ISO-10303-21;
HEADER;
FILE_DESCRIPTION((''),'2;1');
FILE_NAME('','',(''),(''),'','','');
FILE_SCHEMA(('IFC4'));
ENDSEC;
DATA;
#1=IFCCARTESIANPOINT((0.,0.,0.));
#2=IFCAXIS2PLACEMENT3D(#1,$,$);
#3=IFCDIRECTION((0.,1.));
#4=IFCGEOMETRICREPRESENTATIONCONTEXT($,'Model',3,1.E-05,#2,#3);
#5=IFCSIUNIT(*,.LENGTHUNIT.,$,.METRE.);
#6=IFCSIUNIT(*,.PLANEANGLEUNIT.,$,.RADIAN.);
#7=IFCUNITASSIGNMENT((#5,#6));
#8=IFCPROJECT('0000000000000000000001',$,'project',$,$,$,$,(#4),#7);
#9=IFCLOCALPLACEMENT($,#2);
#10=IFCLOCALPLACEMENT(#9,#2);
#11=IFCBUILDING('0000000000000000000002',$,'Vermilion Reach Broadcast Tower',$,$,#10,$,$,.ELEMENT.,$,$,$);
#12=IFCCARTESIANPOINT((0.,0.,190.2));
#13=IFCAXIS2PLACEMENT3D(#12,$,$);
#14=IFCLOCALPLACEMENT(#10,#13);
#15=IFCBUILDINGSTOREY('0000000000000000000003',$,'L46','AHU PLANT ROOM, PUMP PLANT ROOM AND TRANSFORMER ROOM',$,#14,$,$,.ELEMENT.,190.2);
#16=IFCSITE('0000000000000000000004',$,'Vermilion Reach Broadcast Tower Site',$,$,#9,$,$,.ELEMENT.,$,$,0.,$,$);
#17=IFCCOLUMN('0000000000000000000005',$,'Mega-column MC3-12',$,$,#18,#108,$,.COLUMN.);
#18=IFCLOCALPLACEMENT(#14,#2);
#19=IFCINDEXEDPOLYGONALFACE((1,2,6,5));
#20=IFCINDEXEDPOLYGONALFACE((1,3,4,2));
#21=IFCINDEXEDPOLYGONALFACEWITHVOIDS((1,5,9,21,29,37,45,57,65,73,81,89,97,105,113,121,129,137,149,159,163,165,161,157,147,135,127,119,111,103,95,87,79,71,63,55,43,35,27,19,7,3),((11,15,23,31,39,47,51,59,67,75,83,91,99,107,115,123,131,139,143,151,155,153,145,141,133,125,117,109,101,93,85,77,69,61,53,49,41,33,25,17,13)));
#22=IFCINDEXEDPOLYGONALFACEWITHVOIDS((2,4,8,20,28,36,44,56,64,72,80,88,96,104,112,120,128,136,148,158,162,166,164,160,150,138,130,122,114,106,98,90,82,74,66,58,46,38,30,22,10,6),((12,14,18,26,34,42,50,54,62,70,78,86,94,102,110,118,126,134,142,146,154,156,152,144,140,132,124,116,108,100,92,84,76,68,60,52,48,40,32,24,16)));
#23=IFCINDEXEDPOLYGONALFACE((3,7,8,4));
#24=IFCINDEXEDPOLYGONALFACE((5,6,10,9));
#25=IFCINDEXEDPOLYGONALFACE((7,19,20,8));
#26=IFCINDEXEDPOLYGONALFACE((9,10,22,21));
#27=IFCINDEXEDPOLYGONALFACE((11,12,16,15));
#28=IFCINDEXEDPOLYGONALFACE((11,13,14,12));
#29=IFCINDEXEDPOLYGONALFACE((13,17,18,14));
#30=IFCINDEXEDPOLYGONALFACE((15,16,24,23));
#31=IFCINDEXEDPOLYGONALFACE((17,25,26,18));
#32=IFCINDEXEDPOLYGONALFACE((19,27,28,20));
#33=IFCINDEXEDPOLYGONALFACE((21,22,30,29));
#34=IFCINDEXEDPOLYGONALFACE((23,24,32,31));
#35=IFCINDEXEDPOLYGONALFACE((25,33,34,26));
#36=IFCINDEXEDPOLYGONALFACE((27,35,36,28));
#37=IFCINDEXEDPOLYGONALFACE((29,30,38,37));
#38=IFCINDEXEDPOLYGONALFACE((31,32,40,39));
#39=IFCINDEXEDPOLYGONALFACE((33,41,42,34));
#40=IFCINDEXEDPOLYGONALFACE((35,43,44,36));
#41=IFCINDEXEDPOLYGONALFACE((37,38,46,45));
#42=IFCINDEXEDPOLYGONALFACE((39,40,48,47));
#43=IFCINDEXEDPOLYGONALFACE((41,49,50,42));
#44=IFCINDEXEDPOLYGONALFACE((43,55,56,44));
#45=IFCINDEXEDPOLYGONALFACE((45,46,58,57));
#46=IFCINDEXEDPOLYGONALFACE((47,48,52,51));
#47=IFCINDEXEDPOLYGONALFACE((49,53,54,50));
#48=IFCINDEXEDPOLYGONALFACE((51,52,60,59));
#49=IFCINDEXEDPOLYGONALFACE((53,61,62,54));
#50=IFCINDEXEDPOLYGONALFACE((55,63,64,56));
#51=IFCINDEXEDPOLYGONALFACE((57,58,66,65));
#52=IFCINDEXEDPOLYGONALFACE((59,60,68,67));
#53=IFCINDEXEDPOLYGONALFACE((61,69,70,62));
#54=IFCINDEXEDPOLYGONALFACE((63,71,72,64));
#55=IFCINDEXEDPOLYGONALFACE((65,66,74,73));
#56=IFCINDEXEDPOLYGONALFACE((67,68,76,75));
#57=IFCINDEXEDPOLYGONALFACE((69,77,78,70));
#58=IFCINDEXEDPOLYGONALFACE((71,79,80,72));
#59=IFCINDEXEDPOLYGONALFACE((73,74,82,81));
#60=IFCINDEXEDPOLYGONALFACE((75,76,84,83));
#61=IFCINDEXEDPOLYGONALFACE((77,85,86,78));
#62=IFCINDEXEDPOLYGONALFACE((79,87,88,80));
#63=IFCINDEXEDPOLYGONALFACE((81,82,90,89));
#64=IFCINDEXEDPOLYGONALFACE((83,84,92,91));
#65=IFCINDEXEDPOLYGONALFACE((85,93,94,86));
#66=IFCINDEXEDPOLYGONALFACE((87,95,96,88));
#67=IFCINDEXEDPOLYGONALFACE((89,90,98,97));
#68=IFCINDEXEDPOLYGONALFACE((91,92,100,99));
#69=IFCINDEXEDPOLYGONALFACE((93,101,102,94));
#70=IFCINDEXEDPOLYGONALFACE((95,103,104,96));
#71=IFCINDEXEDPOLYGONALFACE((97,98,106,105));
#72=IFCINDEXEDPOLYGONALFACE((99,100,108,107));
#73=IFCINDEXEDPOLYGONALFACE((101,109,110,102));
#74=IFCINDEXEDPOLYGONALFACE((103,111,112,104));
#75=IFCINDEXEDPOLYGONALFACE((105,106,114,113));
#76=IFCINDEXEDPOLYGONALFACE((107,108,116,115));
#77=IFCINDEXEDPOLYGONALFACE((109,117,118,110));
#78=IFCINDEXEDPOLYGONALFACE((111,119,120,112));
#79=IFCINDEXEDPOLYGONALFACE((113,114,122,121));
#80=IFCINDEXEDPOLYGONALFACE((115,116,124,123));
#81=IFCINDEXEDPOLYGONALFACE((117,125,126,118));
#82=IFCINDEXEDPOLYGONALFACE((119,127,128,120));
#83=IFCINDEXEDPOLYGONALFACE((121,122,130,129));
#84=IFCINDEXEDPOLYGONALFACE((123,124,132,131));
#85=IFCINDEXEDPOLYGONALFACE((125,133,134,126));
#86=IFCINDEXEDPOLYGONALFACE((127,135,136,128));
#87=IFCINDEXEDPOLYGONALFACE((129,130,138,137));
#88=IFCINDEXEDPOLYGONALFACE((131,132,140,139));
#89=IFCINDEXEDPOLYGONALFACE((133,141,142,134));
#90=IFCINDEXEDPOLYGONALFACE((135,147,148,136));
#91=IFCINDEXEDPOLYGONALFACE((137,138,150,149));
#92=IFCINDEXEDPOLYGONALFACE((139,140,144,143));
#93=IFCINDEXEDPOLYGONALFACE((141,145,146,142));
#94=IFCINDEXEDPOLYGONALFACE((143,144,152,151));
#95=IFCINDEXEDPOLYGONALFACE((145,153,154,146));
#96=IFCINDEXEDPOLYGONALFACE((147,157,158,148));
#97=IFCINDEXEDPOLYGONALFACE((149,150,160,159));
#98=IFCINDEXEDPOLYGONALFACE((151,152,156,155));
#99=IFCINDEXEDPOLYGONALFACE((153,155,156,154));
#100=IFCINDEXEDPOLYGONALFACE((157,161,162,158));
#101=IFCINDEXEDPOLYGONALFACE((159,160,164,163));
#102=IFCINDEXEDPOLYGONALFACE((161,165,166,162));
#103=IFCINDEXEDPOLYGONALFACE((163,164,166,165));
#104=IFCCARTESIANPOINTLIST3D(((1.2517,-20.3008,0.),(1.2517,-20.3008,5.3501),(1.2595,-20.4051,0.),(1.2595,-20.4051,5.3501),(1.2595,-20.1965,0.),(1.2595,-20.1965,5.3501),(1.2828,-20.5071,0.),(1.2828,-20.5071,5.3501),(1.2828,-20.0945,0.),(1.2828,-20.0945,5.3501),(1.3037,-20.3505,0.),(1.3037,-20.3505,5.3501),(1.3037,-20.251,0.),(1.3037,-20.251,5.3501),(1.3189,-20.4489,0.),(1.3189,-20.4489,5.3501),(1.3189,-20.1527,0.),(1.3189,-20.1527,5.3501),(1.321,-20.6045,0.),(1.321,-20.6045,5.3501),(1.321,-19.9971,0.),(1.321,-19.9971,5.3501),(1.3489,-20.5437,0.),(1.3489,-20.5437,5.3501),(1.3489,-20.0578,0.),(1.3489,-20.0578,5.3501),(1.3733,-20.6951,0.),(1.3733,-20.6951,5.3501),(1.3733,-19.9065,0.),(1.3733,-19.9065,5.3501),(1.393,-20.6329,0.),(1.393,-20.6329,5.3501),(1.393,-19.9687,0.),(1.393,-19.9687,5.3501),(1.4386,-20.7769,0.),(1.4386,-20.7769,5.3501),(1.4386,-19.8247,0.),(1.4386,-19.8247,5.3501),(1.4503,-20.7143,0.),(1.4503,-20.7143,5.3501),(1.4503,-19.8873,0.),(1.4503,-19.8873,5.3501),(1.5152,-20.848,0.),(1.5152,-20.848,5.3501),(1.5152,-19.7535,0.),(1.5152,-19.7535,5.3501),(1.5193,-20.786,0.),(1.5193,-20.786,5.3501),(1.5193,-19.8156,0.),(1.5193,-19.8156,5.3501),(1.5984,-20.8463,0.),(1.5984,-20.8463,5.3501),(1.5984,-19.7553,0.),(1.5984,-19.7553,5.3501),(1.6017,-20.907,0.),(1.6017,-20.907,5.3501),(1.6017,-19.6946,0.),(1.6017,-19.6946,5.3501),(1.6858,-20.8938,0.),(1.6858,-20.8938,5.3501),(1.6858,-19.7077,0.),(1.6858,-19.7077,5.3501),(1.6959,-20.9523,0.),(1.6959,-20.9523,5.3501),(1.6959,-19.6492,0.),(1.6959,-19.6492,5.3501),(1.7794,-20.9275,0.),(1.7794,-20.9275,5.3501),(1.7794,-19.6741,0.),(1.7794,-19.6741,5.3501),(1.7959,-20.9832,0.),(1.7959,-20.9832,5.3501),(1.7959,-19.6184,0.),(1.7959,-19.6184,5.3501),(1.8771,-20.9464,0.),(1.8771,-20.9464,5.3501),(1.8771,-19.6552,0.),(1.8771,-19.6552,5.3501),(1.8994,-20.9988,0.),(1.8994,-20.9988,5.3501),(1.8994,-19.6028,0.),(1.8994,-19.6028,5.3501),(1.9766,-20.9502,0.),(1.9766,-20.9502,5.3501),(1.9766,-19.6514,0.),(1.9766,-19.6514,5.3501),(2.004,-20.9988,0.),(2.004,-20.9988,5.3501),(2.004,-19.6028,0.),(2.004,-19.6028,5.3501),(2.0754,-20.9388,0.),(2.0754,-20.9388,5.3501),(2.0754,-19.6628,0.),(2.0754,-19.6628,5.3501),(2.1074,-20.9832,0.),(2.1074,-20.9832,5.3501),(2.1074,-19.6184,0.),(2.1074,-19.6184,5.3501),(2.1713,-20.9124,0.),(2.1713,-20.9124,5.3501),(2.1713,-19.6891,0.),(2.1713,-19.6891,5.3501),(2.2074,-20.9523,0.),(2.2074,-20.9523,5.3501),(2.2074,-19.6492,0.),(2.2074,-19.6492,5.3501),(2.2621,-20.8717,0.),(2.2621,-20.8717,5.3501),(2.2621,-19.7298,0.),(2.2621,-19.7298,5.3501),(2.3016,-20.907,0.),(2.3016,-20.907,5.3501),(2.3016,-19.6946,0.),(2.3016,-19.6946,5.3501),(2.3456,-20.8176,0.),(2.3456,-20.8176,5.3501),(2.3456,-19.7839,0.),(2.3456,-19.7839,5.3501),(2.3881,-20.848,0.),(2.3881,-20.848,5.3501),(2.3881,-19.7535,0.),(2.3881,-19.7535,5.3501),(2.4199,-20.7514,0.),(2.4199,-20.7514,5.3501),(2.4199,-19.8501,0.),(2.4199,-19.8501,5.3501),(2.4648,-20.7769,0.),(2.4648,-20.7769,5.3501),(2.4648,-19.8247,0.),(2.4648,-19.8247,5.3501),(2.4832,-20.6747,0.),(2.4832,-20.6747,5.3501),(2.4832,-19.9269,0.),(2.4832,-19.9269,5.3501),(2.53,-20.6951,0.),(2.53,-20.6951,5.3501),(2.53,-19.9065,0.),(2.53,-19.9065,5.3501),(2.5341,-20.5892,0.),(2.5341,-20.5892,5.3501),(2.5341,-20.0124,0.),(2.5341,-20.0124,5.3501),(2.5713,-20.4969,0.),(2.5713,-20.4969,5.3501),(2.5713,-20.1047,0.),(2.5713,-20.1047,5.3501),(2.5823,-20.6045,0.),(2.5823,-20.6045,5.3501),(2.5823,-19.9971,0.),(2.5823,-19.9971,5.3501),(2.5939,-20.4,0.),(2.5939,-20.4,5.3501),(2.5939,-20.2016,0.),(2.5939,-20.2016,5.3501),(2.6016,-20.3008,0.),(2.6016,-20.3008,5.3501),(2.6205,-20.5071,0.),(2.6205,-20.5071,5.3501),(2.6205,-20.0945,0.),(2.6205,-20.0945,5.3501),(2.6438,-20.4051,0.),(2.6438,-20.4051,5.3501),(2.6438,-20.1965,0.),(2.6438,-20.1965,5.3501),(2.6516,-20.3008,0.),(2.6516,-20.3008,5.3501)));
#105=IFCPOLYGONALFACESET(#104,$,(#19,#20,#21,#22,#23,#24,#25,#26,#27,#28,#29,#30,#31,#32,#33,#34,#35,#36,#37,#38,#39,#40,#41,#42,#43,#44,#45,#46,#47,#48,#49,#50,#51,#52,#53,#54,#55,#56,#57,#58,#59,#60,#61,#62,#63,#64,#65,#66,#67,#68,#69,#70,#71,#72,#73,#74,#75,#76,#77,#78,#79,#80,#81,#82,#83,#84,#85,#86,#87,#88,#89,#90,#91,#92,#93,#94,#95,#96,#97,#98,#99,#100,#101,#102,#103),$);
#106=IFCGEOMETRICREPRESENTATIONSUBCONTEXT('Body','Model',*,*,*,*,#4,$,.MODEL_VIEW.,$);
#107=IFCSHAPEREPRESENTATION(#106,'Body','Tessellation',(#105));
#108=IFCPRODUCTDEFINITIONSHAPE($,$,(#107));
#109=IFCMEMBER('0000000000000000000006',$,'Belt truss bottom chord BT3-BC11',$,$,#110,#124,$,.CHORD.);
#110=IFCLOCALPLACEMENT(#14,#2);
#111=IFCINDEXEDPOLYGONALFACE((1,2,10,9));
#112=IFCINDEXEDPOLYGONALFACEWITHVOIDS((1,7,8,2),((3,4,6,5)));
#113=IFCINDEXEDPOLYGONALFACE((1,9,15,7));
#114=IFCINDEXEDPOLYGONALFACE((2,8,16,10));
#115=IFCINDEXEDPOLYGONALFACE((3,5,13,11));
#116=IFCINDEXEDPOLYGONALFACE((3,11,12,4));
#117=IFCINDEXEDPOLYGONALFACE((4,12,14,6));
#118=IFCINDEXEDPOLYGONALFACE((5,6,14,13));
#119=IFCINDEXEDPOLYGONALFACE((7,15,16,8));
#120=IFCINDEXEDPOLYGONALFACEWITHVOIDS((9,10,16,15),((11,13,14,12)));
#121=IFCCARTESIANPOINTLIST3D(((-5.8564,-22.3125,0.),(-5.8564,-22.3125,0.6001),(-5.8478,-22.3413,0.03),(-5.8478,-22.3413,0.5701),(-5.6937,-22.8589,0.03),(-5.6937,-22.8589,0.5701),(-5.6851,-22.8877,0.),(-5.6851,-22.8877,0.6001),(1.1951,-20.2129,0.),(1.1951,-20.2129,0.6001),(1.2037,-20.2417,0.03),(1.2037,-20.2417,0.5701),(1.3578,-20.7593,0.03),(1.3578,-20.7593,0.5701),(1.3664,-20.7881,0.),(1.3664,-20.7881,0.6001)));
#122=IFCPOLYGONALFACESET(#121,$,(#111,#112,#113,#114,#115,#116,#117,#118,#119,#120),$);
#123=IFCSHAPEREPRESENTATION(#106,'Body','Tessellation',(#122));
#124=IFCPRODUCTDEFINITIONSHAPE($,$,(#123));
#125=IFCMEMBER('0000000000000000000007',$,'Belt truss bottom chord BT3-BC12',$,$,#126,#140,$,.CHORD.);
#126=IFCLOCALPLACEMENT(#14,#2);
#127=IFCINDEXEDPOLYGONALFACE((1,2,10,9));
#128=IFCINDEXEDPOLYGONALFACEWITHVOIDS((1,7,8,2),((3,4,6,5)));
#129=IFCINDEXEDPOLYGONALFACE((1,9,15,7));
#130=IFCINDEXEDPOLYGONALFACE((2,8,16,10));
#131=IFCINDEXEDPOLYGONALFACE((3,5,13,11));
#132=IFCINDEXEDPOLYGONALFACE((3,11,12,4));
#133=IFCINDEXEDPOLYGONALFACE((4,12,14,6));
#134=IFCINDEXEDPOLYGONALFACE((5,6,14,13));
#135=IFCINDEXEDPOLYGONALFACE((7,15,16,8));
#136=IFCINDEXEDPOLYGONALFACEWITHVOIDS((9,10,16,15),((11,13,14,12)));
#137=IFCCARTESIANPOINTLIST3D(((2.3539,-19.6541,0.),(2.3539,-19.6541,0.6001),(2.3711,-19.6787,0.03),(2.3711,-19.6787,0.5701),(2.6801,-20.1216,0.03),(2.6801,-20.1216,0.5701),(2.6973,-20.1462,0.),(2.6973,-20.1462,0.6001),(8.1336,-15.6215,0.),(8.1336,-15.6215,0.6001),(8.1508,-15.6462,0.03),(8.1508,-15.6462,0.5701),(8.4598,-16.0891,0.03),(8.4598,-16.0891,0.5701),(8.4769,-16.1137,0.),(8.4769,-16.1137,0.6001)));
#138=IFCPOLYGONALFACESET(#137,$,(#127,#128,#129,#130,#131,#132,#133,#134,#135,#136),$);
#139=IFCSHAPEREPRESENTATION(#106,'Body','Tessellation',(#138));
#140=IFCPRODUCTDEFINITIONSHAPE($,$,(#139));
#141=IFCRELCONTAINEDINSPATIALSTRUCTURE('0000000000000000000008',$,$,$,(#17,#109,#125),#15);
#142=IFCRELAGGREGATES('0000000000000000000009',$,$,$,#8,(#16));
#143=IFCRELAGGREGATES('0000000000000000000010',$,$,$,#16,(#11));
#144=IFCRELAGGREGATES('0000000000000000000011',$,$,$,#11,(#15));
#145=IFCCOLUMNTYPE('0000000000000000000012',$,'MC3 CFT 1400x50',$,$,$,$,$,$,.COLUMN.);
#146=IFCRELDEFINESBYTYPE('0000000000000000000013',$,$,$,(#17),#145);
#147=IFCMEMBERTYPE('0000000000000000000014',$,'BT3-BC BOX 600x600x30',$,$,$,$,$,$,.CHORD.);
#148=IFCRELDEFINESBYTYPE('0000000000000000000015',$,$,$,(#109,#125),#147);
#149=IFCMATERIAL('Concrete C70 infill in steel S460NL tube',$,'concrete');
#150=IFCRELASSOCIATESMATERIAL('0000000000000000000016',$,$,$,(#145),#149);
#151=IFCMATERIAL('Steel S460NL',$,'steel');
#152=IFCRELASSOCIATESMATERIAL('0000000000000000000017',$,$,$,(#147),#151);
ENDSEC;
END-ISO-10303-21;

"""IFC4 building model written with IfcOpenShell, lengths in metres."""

from ifc_helpers import new_model, si_unit, direction, frame, origin, origin_2d, place, context, subcontext, project, spatial, hollow_rectangle, hollow_circle, extrude, material, material_profile, profile_set, type_object, element, save


model = new_model("IFC4")

# Units and contexts
model_context = context("Model", 3, precision=1e-05, world=origin(), true_north=direction((0.0, 1.0)))
body_context = subcontext(model_context, "Body", "Model", "MODEL_VIEW")
ifc_project = project(units=[si_unit("LENGTHUNIT", "METRE"), si_unit("PLANEANGLEUNIT", "RADIAN")], contexts=[model_context])

# Site, building, storey
site_placement = place(None, origin())
site = spatial("IfcSite", under=ifc_project, at=site_placement, Name="Vermilion Reach Broadcast Tower Site", CompositionType="ELEMENT", RefElevation=0.0)
building_placement = place(site_placement, origin())
building = spatial("IfcBuilding", under=site, at=building_placement, Name="Vermilion Reach Broadcast Tower", CompositionType="ELEMENT")
storey_placement = place(building_placement, frame((0.0, 0.0, 190.2)))
storey = spatial("IfcBuildingStorey", under=building, at=storey_placement, Name="L46", Description="AHU PLANT ROOM, PUMP PLANT ROOM AND TRANSFORMER ROOM", CompositionType="ELEMENT", Elevation=190.2)

# Column
ifc_material_1 = material(Name="Concrete C70 infill in steel S460NL tube", Category="concrete")
ifc_material_profile_1 = material_profile(ifc_material_1, hollow_circle(Radius=0.7, WallThickness=0.05, at=origin_2d()), Name="Concrete C70 infill in steel S460NL tube CFT 1400x50")
ifc_profile_set_1 = profile_set([ifc_material_profile_1], Name="Concrete C70 infill in steel S460NL tube")
column_type = type_object("IfcColumnType", Name="MC3 CFT 1400x50", PredefinedType="COLUMN", material=ifc_profile_set_1)
column_placement = place(storey_placement, frame((1.9517, -20.3008, 0.0), z_axis=(0.0, 0.0, 1.0), x_axis=(1.0, 0.0, 0.0)))
element("IfcColumn", 1, at=column_placement, inside=storey, type_object=column_type, Name="Mega-column MC3-12", PredefinedType="COLUMN", context=body_context, shape_type="SweptSolid", body=[
    extrude(hollow_circle(Radius=0.7, WallThickness=0.05, at=origin_2d()), origin(), (0.0, 0.0, 1.0), 5.3501),
])

# Members
ifc_material_2 = material(Name="Steel S460NL", Category="steel")
ifc_material_profile_2 = material_profile(ifc_material_2, hollow_rectangle(XDim=0.6001, YDim=0.6001, WallThickness=0.03, at=origin_2d()), Name="S460NL BOX 600x600x30")
ifc_profile_set_2 = profile_set([ifc_material_profile_2], Name="Steel S460NL")
member_type_1 = type_object("IfcMemberType", Name="BT3-BC BOX 600x600x30", PredefinedType="CHORD", material=ifc_profile_set_2)
member_1_placement = place(storey_placement, frame((-5.7708, -22.6001, 0.3), z_axis=(0.958417, 0.285372, 0.0), x_axis=(-0.285372, 0.958417, 0.0)))
element("IfcMember", 2, at=member_1_placement, inside=storey, type_object=member_type_1, Name="Belt truss bottom chord BT3-BC11", PredefinedType="CHORD", context=body_context, shape_type="SweptSolid", body=[
    extrude(hollow_rectangle(XDim=0.6001, YDim=0.6001, WallThickness=0.03, at=origin_2d()), origin(), (0.0, 0.0, 1.0), 7.3574),
])
member_2_placement = place(storey_placement, frame((2.5256, -19.9001, 0.3), z_axis=(0.820111, 0.572204, 0.0), x_axis=(-0.572204, 0.820111, 0.0)))
element("IfcMember", 3, at=member_2_placement, inside=storey, type_object=member_type_1, Name="Belt truss bottom chord BT3-BC12", PredefinedType="CHORD", context=body_context, shape_type="SweptSolid", body=[
    extrude(hollow_rectangle(XDim=0.6001, YDim=0.6001, WallThickness=0.03, at=origin_2d()), origin(), (0.0, 0.0, 1.0), 7.0474),
])

save(model, "model.ifc")
